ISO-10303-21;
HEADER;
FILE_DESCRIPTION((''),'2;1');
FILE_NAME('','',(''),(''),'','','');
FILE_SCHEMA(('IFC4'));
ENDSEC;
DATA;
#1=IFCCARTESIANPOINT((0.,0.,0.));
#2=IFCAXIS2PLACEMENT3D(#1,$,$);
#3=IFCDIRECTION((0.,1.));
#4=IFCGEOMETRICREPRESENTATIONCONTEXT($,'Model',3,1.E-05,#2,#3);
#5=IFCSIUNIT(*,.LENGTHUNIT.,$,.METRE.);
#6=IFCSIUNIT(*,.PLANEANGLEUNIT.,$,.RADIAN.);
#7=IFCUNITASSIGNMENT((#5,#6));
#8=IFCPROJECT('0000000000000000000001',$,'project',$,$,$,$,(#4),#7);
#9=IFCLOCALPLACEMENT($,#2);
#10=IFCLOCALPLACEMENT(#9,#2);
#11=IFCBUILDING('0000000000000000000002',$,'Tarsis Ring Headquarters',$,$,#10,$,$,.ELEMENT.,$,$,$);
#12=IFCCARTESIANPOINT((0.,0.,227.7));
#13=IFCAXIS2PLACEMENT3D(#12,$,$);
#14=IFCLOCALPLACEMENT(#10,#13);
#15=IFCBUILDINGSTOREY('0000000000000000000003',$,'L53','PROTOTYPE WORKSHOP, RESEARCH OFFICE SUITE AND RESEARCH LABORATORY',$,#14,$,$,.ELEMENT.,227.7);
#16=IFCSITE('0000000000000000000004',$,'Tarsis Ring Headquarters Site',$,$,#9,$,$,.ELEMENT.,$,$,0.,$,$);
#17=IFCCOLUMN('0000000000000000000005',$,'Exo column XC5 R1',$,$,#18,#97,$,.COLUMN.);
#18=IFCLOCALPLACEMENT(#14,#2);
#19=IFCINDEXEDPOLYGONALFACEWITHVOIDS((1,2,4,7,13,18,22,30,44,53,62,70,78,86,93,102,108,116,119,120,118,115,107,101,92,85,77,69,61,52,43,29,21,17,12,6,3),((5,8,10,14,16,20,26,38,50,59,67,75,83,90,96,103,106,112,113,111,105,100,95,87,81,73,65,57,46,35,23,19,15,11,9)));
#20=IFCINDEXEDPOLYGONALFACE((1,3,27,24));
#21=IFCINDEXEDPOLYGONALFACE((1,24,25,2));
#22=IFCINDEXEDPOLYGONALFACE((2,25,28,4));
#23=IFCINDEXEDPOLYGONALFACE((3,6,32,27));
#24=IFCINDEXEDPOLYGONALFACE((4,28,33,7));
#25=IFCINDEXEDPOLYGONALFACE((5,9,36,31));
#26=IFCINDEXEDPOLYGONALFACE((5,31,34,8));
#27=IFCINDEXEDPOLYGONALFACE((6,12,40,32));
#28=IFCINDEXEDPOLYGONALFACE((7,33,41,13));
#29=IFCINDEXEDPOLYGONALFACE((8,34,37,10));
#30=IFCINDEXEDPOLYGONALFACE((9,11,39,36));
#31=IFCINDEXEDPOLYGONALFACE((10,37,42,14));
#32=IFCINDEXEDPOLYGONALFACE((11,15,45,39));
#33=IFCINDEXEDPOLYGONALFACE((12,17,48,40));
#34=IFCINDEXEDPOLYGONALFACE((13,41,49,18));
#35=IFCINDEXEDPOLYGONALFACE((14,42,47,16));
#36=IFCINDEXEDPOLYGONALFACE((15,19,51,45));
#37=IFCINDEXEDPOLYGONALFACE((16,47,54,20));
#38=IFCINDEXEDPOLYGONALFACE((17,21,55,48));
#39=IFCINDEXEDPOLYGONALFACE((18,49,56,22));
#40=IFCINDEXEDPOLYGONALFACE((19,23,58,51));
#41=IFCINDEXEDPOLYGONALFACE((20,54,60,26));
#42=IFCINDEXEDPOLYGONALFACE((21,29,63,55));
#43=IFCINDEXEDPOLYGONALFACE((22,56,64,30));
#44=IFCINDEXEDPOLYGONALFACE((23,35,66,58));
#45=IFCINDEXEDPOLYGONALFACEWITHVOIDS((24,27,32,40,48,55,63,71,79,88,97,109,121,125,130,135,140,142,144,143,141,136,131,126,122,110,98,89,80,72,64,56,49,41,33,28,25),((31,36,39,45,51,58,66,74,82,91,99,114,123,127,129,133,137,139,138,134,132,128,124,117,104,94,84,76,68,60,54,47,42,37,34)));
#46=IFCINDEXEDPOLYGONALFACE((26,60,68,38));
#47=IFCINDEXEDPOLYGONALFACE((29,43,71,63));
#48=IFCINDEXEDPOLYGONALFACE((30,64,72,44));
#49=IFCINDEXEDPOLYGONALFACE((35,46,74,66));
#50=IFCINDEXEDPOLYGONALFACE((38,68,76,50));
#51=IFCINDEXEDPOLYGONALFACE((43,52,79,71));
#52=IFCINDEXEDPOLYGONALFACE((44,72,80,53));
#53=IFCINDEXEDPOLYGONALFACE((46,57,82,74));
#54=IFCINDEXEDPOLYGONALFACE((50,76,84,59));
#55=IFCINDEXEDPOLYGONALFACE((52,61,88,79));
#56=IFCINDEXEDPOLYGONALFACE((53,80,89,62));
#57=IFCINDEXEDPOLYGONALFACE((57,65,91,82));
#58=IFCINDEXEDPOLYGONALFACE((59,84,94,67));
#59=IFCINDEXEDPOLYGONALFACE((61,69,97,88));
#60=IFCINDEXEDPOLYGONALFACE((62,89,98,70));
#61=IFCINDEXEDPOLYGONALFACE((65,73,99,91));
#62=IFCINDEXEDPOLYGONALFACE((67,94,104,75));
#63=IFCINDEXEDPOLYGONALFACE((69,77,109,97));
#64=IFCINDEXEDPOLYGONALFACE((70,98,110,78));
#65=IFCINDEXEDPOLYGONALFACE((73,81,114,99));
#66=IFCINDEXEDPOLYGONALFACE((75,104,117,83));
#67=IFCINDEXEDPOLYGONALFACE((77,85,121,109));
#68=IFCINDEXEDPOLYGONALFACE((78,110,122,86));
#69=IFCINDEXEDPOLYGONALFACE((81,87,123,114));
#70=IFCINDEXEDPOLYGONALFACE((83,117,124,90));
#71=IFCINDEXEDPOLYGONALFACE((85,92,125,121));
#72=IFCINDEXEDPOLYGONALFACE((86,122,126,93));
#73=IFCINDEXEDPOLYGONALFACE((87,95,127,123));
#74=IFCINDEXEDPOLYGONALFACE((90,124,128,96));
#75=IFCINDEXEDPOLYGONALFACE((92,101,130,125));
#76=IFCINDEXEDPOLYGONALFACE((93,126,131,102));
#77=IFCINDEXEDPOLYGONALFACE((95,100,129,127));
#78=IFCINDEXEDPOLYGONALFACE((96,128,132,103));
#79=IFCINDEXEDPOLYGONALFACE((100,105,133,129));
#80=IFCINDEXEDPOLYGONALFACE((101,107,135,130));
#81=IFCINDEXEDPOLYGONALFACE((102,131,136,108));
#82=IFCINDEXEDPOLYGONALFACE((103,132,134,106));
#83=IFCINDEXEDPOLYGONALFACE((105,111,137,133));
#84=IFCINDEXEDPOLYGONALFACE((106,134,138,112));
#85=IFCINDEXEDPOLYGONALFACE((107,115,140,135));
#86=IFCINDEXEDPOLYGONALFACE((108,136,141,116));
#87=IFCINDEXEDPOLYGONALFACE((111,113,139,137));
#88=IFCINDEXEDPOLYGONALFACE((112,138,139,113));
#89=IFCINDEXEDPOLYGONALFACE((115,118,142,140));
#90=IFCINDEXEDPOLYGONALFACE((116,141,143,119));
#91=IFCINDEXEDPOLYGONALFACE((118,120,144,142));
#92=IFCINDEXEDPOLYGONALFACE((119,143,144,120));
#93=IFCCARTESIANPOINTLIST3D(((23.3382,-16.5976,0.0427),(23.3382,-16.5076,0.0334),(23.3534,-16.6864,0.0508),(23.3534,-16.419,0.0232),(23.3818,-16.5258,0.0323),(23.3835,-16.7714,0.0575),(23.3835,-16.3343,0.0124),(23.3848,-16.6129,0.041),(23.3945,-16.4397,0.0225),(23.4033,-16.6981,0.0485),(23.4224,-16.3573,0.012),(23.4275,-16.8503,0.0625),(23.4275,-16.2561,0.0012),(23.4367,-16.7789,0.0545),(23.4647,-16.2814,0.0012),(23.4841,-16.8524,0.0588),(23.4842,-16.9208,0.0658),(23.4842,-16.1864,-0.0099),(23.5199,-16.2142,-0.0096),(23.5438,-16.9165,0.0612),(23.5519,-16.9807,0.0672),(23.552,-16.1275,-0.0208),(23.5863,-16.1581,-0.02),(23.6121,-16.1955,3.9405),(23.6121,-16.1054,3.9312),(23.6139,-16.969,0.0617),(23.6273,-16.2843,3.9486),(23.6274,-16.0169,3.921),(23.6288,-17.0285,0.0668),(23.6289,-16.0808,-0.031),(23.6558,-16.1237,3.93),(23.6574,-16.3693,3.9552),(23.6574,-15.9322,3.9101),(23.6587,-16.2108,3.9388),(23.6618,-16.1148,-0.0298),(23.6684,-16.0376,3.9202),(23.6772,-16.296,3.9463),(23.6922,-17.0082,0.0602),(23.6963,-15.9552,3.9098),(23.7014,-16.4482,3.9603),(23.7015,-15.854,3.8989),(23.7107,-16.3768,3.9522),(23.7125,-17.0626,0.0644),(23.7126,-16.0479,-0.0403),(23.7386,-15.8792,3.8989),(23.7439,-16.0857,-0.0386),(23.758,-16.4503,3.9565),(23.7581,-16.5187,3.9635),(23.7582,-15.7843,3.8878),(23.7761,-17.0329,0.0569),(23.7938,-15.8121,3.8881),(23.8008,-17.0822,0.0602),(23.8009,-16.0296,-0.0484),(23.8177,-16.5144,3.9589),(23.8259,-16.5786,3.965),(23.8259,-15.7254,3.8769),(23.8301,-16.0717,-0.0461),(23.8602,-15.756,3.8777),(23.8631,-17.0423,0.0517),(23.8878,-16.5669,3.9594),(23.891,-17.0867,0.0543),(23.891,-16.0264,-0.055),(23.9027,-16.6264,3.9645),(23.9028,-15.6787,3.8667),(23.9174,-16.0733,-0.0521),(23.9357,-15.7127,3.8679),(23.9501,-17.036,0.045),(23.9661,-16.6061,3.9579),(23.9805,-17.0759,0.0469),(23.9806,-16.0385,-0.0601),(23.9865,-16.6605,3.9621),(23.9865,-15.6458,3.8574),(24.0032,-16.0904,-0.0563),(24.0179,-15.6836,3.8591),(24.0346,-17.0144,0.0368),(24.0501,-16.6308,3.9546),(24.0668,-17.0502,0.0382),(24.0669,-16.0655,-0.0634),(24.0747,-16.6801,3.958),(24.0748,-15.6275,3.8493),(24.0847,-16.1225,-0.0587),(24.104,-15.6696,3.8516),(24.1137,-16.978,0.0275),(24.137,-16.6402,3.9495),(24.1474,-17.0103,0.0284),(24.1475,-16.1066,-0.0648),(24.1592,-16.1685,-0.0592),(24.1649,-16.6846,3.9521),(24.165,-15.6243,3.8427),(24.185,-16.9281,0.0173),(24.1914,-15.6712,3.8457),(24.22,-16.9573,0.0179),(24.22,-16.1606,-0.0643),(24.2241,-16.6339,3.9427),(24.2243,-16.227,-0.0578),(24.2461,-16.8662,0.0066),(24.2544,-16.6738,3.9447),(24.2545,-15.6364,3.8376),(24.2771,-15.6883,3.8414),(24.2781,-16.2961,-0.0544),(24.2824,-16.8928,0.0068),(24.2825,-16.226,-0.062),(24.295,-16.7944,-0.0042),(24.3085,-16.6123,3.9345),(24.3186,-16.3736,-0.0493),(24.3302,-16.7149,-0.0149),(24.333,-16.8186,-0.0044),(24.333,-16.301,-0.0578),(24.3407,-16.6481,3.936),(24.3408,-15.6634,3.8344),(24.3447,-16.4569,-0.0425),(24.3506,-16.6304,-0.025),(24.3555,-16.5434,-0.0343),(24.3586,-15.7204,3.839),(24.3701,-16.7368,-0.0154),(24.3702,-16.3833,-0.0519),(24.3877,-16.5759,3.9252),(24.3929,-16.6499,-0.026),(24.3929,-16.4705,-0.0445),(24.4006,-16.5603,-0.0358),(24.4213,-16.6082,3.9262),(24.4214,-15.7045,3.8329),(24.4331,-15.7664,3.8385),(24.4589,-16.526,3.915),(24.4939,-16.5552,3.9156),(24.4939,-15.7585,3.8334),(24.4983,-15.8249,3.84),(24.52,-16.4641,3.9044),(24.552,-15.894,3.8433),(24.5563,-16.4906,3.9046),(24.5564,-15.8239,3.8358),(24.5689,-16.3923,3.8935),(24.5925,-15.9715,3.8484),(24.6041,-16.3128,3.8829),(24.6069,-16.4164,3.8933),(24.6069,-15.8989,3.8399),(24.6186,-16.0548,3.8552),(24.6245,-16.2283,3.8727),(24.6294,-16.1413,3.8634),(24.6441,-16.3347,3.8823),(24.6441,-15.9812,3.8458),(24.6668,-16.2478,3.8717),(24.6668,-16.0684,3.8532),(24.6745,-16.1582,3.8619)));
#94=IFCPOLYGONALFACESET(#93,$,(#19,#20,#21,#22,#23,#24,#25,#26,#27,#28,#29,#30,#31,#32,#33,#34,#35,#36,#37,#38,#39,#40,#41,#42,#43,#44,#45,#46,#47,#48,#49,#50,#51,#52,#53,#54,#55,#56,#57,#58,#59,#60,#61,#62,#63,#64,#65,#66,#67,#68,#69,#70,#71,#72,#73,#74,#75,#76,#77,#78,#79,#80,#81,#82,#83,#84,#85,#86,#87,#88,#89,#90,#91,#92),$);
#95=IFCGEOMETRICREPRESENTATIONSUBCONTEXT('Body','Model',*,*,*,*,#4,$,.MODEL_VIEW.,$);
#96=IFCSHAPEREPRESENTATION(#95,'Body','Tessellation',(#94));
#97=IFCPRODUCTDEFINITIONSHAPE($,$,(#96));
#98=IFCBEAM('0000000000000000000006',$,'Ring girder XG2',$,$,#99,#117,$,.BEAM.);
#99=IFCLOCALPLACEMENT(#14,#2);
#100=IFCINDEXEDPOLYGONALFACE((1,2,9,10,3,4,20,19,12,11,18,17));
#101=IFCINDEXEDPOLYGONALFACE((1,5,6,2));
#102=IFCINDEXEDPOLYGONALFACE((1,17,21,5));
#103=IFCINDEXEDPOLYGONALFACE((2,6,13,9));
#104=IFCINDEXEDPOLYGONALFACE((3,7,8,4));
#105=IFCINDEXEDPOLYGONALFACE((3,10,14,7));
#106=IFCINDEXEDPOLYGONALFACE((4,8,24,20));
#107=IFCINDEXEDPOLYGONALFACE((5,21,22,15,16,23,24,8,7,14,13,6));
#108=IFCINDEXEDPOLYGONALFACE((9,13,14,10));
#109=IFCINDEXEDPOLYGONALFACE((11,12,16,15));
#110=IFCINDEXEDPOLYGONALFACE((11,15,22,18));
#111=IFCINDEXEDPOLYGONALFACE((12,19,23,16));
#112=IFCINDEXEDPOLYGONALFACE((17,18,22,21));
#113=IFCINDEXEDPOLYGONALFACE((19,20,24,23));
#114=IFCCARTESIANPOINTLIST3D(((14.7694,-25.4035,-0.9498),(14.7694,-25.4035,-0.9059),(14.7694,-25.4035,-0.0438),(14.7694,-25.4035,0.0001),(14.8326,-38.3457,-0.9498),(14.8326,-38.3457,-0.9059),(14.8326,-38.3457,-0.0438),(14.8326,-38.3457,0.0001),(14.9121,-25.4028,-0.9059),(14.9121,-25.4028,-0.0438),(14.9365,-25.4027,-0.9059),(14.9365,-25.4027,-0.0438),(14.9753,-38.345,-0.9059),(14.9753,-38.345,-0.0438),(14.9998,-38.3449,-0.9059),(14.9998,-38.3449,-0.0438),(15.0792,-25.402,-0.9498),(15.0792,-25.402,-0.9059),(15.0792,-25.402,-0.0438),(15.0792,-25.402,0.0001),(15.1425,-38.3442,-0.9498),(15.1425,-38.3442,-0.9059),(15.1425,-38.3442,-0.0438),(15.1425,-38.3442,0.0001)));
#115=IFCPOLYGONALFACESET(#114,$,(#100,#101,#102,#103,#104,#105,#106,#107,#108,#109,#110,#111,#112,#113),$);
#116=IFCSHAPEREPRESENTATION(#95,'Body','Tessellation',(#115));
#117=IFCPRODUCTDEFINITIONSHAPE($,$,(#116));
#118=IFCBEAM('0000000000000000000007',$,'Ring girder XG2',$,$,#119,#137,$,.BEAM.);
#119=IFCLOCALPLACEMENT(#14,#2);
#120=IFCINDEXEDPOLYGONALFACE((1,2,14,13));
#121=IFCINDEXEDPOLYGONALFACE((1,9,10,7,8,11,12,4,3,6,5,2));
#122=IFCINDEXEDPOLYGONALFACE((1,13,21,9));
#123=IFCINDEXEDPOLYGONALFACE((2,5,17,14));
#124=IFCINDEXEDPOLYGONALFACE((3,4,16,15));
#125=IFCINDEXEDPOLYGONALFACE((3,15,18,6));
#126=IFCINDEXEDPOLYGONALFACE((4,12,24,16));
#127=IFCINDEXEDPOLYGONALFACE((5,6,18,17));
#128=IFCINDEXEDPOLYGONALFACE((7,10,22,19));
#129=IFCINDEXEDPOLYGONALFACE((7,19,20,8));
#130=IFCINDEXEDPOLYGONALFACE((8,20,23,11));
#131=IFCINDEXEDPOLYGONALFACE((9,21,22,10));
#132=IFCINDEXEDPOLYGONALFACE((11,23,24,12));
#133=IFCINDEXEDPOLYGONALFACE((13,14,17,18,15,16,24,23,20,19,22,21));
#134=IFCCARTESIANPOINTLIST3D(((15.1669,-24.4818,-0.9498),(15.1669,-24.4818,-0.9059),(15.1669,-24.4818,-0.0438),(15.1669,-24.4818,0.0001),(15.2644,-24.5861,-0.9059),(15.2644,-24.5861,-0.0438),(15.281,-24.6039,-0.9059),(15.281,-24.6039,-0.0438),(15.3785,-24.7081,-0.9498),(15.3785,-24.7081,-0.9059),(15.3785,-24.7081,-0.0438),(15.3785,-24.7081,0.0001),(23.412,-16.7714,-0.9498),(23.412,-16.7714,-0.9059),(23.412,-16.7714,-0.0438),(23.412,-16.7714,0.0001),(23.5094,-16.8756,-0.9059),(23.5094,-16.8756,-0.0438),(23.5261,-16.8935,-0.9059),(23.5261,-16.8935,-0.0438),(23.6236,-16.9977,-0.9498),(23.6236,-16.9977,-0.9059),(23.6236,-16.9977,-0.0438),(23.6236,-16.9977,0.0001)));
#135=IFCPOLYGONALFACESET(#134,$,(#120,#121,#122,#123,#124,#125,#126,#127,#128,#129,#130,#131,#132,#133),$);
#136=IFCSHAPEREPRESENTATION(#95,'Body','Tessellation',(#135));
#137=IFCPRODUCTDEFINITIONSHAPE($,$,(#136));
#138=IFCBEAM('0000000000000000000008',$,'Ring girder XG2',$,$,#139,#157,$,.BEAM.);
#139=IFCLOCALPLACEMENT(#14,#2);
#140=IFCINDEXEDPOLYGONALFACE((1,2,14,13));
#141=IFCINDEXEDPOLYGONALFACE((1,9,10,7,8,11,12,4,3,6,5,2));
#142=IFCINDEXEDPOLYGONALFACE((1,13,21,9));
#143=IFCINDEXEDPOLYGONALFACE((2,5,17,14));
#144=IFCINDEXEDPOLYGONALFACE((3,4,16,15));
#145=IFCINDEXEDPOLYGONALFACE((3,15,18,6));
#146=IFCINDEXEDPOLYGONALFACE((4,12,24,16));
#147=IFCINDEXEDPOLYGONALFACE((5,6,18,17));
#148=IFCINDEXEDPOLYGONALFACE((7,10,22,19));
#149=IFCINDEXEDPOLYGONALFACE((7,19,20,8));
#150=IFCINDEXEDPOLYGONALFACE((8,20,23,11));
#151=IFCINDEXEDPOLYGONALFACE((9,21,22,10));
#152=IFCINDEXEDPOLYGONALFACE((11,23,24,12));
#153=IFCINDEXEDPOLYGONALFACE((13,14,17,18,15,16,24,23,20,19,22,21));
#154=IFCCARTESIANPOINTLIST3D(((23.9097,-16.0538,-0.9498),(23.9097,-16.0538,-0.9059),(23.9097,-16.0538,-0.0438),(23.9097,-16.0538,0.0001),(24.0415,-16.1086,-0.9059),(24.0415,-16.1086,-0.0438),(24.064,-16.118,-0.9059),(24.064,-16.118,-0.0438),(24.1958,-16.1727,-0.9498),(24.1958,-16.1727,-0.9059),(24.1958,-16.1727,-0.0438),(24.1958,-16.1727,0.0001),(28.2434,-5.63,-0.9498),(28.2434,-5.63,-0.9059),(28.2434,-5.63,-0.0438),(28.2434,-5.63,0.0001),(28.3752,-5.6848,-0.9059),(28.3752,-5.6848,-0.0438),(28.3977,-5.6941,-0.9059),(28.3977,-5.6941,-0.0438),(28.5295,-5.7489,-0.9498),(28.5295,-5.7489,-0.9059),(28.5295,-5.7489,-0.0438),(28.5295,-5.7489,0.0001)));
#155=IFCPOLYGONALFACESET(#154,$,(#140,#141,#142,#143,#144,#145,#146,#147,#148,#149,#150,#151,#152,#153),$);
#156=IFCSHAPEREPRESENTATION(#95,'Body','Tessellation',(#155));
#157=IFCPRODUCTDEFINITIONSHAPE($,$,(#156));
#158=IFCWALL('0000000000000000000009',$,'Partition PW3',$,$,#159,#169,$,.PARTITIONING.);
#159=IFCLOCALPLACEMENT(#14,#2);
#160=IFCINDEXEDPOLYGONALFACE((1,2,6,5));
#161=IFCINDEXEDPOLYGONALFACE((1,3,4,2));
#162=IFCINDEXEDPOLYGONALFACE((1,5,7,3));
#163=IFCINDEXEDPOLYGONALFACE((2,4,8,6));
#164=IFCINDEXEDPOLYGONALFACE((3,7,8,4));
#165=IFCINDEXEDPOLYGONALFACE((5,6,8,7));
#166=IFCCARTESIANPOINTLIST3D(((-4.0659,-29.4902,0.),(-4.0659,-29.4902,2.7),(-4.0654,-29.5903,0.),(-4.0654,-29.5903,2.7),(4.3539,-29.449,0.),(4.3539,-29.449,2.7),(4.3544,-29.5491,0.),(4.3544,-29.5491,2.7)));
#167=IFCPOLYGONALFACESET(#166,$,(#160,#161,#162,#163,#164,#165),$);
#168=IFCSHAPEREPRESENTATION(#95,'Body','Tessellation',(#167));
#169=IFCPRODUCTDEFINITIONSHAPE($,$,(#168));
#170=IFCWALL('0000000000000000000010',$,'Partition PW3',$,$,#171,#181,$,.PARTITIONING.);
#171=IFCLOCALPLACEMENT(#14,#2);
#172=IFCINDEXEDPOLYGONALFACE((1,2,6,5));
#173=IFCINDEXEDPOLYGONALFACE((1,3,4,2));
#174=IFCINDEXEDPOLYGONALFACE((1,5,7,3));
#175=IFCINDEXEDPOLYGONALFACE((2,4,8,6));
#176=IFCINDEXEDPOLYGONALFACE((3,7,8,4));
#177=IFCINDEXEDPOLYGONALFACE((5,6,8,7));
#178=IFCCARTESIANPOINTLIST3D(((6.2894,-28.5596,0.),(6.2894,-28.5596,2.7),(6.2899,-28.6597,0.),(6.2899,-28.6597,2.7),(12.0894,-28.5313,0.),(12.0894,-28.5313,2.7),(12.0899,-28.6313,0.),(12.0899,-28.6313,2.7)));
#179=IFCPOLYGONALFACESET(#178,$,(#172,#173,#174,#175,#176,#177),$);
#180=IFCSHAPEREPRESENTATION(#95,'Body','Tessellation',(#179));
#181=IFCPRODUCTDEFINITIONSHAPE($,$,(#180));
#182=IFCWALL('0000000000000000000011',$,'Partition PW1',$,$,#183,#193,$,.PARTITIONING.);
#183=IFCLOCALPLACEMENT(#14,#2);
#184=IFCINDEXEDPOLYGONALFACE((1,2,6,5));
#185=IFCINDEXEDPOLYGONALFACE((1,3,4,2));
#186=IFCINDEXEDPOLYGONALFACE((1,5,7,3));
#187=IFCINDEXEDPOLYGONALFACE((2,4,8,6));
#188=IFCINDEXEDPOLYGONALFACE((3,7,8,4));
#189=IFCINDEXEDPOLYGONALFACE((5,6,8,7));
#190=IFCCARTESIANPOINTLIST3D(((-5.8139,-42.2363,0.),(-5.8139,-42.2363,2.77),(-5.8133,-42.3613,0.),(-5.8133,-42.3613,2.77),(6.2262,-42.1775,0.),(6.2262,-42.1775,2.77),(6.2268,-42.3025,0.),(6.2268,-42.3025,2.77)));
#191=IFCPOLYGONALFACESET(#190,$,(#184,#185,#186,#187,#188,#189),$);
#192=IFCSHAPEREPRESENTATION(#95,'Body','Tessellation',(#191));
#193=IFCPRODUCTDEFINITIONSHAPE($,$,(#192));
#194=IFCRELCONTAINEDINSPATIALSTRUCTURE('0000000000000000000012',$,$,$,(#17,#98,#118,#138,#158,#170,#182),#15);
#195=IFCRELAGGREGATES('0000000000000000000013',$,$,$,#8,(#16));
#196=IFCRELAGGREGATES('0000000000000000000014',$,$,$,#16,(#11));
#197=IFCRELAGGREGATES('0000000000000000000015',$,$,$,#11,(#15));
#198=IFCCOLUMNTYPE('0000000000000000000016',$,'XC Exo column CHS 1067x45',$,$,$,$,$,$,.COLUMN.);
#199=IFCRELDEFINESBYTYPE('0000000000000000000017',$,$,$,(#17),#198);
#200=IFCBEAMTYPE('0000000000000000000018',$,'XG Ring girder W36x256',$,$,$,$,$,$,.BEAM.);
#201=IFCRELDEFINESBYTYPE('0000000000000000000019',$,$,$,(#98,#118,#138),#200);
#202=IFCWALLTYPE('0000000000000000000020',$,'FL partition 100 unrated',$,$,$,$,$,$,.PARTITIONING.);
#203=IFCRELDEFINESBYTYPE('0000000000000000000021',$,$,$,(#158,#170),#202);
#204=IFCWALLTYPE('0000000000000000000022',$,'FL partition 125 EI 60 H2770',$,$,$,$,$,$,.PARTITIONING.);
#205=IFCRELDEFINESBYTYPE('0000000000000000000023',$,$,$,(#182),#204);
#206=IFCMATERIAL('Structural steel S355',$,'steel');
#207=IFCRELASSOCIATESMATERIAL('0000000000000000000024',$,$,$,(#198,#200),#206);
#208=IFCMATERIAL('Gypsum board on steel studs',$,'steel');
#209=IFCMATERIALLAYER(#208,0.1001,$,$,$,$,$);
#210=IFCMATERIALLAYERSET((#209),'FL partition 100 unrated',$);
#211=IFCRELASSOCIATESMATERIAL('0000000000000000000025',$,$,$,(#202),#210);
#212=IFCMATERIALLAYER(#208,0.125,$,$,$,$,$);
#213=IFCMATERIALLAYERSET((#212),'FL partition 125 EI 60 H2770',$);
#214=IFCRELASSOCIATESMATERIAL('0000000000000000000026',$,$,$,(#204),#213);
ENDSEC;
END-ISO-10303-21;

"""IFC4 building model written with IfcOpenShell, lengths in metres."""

from ifc_helpers import new_model, si_unit, direction, frame, frame_2d, origin, origin_2d, place, context, subcontext, project, spatial, rectangle, hollow_circle, i_section, extrude, material, layer, layer_set, material_profile, profile_set, type_object, element, save


model = new_model("IFC4")

# Units and contexts
model_context = context("Model", 3, precision=1e-05, world=origin(), true_north=direction((0.0, 1.0)))
body_context = subcontext(model_context, "Body", "Model", "MODEL_VIEW")
ifc_project = project(units=[si_unit("LENGTHUNIT", "METRE"), si_unit("PLANEANGLEUNIT", "RADIAN")], contexts=[model_context])

# Site, building, storey
site_placement = place(None, origin())
site = spatial("IfcSite", under=ifc_project, at=site_placement, Name="Tarsis Ring Headquarters Site", CompositionType="ELEMENT", RefElevation=0.0)
building_placement = place(site_placement, origin())
building = spatial("IfcBuilding", under=site, at=building_placement, Name="Tarsis Ring Headquarters", CompositionType="ELEMENT")
storey_placement = place(building_placement, frame((0.0, 0.0, 227.7)))
storey = spatial("IfcBuildingStorey", under=building, at=storey_placement, Name="L53", Description="PROTOTYPE WORKSHOP, RESEARCH OFFICE SUITE AND RESEARCH LABORATORY", CompositionType="ELEMENT", Elevation=227.7)

# Column
ifc_material_1 = material(Name="Structural steel S355", Category="steel")
ifc_material_profile_1 = material_profile(ifc_material_1, hollow_circle(Radius=0.5334, WallThickness=0.0449, at=origin_2d()), Name="CHS 1067x45")
ifc_profile_set_1 = profile_set([ifc_material_profile_1], Name="Structural steel S355")
column_type = type_object("IfcColumnType", Name="XC Exo column CHS 1067x45", PredefinedType="COLUMN", material=ifc_profile_set_1)
for number, where, z_axis, x_axis, name in (
    (1, (23.8684, -16.5564, 0.0012), (0.069738, 0.102369, 0.992299), (-0.82645, 0.56301, 0.0), "Exo column XC5 R1"),
):
    element("IfcColumn", number, at=place(storey_placement, frame(where, z_axis=z_axis, x_axis=x_axis)), inside=storey, type_object=column_type, Name=name, PredefinedType="COLUMN", context=body_context, shape_type="SweptSolid", body=[
        extrude(hollow_circle(Radius=0.5334, WallThickness=0.0449, at=origin_2d()), origin(), (0.0, 0.0, 1.0), 3.928),
    ])

# Beams
ifc_material_profile_2 = material_profile(ifc_material_1, i_section(OverallWidth=0.3098, OverallDepth=0.95, WebThickness=0.0244, FlangeThickness=0.0439, at=origin_2d()), Name="W36x256")
ifc_profile_set_2 = profile_set([ifc_material_profile_2], Name="Structural steel S355")
beam_type = type_object("IfcBeamType", Name="XG Ring girder W36x256", PredefinedType="BEAM", material=ifc_profile_set_2)
beam_1_placement = place(storey_placement, frame((14.9875, -38.345, -0.4749), z_axis=(-0.004886, 0.999988, 0.0), x_axis=(-0.999988, -0.004886, 0.0)))
element("IfcBeam", 2, at=beam_1_placement, inside=storey, type_object=beam_type, Name="Ring girder XG2", PredefinedType="BEAM", context=body_context, shape_type="SweptSolid", body=[
    extrude(i_section(OverallWidth=0.3098, OverallDepth=0.95, WebThickness=0.0244, FlangeThickness=0.0439, at=origin_2d()), origin(), (0.0, 0.0, 1.0), 12.9424),
])
beam_2_placement = place(storey_placement, frame((15.2727, -24.595, -0.4749), z_axis=(0.730392, 0.683028, 0.0), x_axis=(-0.683028, 0.730392, 0.0)))
element("IfcBeam", 3, at=beam_2_placement, inside=storey, type_object=beam_type, Name="Ring girder XG2", PredefinedType="BEAM", context=body_context, shape_type="SweptSolid", body=[
    extrude(i_section(OverallWidth=0.3098, OverallDepth=0.95, WebThickness=0.0244, FlangeThickness=0.0439, at=origin_2d()), origin(), (0.0, 0.0, 1.0), 11.2886),
])
beam_3_placement = place(storey_placement, frame((24.0527, -16.1133, -0.4749), z_axis=(0.383897, 0.923376, 0.0), x_axis=(-0.923376, 0.383897, 0.0)))
element("IfcBeam", 4, at=beam_3_placement, inside=storey, type_object=beam_type, Name="Ring girder XG2", PredefinedType="BEAM", context=body_context, shape_type="SweptSolid", body=[
    extrude(i_section(OverallWidth=0.3098, OverallDepth=0.95, WebThickness=0.0244, FlangeThickness=0.0439, at=origin_2d()), origin(), (0.0, 0.0, 1.0), 11.2888),
])

# Walls
ifc_material_2 = material(Name="Gypsum board on steel studs", Category="steel")
ifc_layer_1 = layer(ifc_material_2, 0.1001)
ifc_layer_set_1 = layer_set([ifc_layer_1], Name="FL partition 100 unrated")
wall_type_1 = type_object("IfcWallType", Name="FL partition 100 unrated", PredefinedType="PARTITIONING", material=ifc_layer_set_1)
wall_1_placement = place(storey_placement, frame((-4.0657, -29.5403, 0.0), z_axis=(0.0, 0.0, 1.0), x_axis=(0.999988, 0.0049, 0.0)))
element("IfcWall", 5, at=wall_1_placement, inside=storey, type_object=wall_type_1, Name="Partition PW3", PredefinedType="PARTITIONING", context=body_context, shape_type="SweptSolid", body=[
    extrude(rectangle(XDim=8.4199, YDim=0.1001, at=frame_2d((4.21, 0.0))), origin(), (0.0, 0.0, 1.0), 2.7),
])
wall_2_placement = place(storey_placement, frame((6.2898, -28.6096, 0.0), z_axis=(0.0, 0.0, 1.0), x_axis=(0.999988, 0.004883, 0.0)))
element("IfcWall", 6, at=wall_2_placement, inside=storey, type_object=wall_type_1, Name="Partition PW3", PredefinedType="PARTITIONING", context=body_context, shape_type="SweptSolid", body=[
    extrude(rectangle(XDim=5.8, YDim=0.1001, at=frame_2d((2.8999, 0.0))), origin(), (0.0, 0.0, 1.0), 2.7),
])
ifc_layer_2 = layer(ifc_material_2, 0.125)
ifc_layer_set_2 = layer_set([ifc_layer_2], Name="FL partition 125 EI 60 H2770")
wall_type_2 = type_object("IfcWallType", Name="FL partition 125 EI 60 H2770", PredefinedType="PARTITIONING", material=ifc_layer_set_2)
wall_3_placement = place(storey_placement, frame((-5.8135, -42.2988, 0.0), z_axis=(0.0, 0.0, 1.0), x_axis=(0.999988, 0.004887, 0.0)))
element("IfcWall", 7, at=wall_3_placement, inside=storey, type_object=wall_type_2, Name="Partition PW1", PredefinedType="PARTITIONING", context=body_context, shape_type="SweptSolid", body=[
    extrude(rectangle(XDim=12.0403, YDim=0.125, at=frame_2d((6.02, 0.0))), origin(), (0.0, 0.0, 1.0), 2.77),
])

save(model, "model.ifc")
